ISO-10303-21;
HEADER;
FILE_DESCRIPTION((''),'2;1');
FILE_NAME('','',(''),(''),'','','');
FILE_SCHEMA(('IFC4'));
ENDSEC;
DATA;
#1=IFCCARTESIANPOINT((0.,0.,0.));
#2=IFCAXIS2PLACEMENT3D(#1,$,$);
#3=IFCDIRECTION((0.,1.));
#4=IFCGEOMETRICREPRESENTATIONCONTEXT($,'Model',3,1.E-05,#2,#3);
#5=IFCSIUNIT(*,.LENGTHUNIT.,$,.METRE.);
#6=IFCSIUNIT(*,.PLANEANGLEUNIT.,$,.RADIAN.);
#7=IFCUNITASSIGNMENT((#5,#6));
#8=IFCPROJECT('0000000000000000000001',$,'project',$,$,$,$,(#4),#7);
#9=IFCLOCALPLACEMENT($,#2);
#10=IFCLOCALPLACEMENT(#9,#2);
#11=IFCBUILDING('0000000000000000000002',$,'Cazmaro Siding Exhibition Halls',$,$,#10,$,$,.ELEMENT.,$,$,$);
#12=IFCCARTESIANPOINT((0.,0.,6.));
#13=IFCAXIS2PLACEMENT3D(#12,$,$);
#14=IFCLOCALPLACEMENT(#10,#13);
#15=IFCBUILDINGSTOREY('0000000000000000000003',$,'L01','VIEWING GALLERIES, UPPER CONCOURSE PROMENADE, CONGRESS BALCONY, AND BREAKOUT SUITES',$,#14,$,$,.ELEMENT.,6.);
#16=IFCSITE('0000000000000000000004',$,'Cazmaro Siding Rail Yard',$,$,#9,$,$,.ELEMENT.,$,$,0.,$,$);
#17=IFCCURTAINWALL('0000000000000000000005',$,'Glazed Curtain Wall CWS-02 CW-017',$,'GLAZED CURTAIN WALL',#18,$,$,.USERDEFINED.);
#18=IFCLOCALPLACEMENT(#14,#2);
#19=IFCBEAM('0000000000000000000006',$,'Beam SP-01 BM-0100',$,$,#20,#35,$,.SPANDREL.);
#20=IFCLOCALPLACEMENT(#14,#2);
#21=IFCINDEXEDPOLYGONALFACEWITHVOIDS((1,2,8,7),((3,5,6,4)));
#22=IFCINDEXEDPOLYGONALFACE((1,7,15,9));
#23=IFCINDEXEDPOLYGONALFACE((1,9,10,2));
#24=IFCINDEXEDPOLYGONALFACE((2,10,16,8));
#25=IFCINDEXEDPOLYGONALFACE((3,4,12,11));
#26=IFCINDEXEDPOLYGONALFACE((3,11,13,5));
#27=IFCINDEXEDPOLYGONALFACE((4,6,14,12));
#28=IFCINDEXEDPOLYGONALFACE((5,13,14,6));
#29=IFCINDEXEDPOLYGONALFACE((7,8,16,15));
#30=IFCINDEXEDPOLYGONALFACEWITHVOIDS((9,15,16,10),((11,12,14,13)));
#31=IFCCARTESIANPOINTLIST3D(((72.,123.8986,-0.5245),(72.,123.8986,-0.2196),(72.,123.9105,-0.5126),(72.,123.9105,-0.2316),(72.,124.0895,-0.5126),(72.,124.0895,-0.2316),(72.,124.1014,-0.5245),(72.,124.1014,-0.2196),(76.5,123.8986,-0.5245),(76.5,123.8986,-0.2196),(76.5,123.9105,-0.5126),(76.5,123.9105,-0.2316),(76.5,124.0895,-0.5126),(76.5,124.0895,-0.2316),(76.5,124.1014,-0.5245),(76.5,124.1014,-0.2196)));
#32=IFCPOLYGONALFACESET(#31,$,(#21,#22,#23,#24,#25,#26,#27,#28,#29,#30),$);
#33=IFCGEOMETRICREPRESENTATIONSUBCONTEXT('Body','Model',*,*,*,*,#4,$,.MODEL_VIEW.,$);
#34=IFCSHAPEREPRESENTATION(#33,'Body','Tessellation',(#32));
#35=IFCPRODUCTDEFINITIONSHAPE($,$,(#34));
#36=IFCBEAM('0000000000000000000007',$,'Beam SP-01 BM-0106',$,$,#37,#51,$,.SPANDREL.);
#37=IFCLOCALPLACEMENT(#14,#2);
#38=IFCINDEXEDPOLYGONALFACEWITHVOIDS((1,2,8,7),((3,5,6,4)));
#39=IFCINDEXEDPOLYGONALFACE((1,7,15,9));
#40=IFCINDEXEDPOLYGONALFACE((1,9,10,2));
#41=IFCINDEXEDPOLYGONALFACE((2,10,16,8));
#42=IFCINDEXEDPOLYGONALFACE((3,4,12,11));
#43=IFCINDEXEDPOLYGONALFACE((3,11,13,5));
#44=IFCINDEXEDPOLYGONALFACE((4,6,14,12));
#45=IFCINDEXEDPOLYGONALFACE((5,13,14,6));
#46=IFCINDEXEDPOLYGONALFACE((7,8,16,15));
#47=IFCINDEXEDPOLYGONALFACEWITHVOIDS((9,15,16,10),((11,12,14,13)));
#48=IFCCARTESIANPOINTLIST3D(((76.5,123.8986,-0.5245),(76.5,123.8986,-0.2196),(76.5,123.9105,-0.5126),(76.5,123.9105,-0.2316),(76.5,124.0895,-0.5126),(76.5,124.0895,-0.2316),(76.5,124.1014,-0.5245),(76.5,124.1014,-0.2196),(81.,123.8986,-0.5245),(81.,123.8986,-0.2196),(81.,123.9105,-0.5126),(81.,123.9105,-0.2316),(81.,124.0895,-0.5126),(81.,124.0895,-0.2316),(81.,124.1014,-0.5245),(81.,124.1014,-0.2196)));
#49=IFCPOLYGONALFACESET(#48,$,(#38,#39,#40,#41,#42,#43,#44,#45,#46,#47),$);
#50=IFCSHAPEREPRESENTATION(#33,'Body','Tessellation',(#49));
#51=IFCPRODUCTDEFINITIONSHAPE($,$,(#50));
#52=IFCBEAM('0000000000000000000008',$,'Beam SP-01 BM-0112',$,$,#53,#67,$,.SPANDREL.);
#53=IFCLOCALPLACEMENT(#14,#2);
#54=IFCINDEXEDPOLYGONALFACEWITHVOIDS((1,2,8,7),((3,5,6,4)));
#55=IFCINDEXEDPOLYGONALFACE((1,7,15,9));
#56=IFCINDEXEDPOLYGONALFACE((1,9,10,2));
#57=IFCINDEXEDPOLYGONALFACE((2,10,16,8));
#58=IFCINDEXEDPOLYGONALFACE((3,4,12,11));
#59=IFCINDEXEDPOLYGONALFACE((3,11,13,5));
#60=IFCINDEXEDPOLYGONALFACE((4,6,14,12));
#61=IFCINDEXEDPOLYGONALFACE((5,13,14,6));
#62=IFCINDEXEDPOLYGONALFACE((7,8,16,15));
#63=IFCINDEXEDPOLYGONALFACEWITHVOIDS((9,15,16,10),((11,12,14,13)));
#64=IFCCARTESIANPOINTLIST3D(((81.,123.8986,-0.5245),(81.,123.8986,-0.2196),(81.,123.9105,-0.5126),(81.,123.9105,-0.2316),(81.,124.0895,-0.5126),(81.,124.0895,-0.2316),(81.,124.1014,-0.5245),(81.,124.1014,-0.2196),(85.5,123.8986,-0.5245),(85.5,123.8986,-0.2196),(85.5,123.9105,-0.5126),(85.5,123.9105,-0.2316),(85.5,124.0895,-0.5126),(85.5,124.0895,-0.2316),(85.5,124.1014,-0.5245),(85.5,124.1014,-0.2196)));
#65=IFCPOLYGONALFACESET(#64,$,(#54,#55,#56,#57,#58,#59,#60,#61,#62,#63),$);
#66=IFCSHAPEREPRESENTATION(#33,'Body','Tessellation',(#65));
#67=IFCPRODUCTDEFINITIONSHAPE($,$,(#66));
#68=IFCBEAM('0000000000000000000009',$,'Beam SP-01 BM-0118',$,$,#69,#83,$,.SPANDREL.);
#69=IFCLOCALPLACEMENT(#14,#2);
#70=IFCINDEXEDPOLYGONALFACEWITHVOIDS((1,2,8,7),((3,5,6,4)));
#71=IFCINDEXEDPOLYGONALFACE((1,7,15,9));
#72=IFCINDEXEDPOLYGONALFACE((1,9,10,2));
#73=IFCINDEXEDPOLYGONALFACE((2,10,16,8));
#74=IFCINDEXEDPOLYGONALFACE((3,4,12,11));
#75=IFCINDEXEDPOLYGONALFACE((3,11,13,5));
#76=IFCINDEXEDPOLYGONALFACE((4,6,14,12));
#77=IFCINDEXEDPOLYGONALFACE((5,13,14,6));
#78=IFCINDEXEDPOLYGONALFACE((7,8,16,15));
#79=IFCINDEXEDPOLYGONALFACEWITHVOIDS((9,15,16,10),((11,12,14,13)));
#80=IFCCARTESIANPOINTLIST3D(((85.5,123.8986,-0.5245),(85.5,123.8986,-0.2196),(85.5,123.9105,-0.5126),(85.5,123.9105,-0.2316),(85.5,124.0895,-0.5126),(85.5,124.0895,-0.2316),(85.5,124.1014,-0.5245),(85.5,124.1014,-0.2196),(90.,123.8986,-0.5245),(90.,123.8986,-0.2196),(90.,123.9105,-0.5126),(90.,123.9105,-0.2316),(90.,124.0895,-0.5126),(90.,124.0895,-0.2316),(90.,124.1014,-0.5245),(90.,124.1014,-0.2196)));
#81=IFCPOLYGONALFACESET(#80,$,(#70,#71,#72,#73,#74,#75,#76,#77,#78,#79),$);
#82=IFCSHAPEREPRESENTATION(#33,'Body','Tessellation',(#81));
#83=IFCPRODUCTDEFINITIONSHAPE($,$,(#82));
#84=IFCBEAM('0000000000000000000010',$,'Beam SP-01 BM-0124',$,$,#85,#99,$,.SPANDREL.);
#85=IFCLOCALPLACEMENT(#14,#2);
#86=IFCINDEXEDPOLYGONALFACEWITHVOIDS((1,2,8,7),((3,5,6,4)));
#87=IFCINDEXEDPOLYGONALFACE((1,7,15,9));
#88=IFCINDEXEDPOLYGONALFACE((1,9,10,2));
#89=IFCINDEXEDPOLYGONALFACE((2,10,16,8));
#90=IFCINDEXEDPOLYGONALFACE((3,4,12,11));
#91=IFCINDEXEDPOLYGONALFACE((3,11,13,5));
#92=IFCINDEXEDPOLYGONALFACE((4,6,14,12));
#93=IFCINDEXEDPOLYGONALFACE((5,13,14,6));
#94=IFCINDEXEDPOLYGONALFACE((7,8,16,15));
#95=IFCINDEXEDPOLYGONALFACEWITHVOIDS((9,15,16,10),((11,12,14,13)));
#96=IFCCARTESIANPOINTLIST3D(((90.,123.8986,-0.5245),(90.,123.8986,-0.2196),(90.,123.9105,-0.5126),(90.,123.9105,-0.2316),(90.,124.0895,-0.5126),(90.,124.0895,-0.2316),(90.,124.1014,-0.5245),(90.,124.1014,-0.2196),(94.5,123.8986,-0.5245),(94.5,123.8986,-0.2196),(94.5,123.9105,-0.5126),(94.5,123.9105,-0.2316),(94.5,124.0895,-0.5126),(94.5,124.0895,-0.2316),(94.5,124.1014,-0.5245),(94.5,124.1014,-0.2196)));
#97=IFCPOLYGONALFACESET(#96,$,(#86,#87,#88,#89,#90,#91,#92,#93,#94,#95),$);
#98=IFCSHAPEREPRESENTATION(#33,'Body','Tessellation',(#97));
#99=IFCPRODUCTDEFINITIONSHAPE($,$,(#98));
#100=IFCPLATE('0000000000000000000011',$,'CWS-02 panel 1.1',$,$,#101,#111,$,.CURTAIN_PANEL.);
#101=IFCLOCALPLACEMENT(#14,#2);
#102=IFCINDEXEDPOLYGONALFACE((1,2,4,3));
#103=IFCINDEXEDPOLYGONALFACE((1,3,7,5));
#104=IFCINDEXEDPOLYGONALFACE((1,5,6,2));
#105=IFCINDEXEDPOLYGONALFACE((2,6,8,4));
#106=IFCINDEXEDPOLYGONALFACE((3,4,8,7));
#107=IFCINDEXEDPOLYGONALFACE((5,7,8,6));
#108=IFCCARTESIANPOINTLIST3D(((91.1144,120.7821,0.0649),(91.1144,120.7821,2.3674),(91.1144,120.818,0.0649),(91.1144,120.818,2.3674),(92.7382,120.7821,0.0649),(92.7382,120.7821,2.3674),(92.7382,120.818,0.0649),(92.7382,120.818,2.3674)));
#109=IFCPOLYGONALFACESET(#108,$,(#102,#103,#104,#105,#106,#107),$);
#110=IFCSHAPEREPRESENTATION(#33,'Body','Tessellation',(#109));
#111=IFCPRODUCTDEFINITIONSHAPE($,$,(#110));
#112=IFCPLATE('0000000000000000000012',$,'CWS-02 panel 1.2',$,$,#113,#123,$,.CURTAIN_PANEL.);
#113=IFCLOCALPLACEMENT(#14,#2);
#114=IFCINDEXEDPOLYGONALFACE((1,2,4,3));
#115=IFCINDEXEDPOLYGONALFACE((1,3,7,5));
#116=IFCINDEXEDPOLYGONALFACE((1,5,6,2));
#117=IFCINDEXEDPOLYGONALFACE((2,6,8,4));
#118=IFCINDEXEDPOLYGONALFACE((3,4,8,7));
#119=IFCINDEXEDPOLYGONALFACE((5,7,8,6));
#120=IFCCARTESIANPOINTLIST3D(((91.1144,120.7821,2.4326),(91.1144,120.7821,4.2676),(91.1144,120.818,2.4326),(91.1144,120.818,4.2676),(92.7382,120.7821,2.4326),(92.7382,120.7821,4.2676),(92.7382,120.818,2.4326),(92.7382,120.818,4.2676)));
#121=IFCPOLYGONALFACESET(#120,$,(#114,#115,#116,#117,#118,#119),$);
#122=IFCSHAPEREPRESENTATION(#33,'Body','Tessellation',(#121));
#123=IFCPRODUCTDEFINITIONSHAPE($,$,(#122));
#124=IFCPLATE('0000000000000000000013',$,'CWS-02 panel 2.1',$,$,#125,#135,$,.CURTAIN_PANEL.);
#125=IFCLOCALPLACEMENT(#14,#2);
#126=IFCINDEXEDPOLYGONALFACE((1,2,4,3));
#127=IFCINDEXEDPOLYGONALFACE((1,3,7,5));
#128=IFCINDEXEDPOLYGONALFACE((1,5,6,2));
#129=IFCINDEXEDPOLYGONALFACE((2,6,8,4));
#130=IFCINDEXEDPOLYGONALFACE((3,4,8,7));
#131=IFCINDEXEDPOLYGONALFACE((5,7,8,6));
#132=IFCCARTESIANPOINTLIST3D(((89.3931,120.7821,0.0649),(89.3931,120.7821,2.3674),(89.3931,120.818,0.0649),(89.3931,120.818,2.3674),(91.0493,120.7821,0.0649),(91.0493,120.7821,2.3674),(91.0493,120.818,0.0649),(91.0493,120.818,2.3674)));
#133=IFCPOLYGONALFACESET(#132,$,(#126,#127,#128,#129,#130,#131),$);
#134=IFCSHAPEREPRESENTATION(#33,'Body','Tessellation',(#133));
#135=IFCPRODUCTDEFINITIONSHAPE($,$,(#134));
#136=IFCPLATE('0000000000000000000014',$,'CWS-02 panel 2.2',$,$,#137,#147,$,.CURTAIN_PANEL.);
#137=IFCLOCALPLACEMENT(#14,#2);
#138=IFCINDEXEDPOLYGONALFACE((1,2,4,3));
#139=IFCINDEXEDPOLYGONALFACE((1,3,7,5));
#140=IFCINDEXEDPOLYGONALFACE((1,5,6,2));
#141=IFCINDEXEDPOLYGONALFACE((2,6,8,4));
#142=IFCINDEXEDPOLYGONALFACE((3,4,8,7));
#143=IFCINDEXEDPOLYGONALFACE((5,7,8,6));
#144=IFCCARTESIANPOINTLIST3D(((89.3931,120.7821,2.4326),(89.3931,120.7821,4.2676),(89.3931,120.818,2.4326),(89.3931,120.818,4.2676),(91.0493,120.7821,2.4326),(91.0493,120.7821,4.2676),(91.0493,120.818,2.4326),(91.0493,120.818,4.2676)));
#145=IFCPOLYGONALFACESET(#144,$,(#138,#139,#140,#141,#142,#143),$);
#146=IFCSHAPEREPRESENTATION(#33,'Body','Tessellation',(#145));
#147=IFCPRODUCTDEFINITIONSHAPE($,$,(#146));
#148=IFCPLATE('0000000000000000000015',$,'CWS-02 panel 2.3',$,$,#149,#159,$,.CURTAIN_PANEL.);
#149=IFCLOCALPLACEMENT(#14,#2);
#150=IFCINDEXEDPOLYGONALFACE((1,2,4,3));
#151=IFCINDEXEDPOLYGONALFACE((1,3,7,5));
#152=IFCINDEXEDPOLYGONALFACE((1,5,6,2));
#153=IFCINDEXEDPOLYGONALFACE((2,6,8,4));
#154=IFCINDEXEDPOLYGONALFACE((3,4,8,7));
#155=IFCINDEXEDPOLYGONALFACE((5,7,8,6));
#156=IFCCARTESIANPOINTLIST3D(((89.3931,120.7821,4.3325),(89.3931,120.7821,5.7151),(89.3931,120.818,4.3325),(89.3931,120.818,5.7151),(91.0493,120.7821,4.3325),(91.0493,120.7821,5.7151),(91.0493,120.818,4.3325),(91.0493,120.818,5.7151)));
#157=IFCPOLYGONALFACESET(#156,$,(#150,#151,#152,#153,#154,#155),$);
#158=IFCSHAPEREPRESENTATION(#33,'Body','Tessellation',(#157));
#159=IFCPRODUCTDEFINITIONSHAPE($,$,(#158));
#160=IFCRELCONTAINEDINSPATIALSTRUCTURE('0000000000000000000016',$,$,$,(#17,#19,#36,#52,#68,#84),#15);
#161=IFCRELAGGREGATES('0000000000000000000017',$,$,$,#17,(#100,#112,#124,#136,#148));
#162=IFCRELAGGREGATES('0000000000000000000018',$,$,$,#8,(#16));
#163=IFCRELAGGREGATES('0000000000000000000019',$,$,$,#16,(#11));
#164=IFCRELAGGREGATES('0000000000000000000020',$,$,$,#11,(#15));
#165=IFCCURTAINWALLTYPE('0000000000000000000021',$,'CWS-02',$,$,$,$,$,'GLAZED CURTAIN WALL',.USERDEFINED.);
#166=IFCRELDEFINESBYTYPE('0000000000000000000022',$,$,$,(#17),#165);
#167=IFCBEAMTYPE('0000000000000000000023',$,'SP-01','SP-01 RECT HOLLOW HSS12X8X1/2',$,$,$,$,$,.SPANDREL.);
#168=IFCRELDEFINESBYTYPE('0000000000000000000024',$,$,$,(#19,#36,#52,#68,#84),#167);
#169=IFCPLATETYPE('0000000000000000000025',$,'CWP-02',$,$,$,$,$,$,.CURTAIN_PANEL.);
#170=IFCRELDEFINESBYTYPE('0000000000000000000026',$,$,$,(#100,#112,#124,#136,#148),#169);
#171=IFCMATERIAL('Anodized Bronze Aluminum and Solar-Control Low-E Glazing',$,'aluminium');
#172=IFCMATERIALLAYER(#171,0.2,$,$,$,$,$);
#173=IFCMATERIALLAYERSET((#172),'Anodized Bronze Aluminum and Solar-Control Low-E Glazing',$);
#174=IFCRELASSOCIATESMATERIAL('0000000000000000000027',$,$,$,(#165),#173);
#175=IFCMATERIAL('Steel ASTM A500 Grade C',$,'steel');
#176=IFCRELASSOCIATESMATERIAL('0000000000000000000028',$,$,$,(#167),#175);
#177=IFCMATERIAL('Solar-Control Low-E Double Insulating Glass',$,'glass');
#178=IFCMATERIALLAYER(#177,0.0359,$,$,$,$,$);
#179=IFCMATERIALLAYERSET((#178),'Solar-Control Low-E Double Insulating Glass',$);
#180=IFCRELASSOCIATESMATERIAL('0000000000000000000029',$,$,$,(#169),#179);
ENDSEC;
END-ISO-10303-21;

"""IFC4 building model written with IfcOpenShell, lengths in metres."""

from ifc_helpers import new_model, si_unit, direction, frame, origin, origin_2d, place, context, subcontext, project, spatial, rectangle, hollow_rectangle, extrude, material, layer, layer_set, material_profile, profile_set, type_object, element, aggregate, save


model = new_model("IFC4")

# Units and contexts
model_context = context("Model", 3, precision=1e-05, world=origin(), true_north=direction((0.0, 1.0)))
body_context = subcontext(model_context, "Body", "Model", "MODEL_VIEW")
ifc_project = project(units=[si_unit("LENGTHUNIT", "METRE"), si_unit("PLANEANGLEUNIT", "RADIAN")], contexts=[model_context])

# Site, building, storey
site_placement = place(None, origin())
site = spatial("IfcSite", under=ifc_project, at=site_placement, Name="Cazmaro Siding Rail Yard", CompositionType="ELEMENT", RefElevation=0.0)
building_placement = place(site_placement, origin())
building = spatial("IfcBuilding", under=site, at=building_placement, Name="Cazmaro Siding Exhibition Halls", CompositionType="ELEMENT")
storey_placement = place(building_placement, frame((0.0, 0.0, 6.0)))
storey = spatial("IfcBuildingStorey", under=building, at=storey_placement, Name="L01", Description="VIEWING GALLERIES, UPPER CONCOURSE PROMENADE, CONGRESS BALCONY, AND BREAKOUT SUITES", CompositionType="ELEMENT", Elevation=6.0)

# Curtain wall
ifc_material_1 = material(Name="Anodized Bronze Aluminum and Solar-Control Low-E Glazing", Category="aluminium")
ifc_layer_1 = layer(ifc_material_1, 0.2)
ifc_layer_set_1 = layer_set([ifc_layer_1], Name="Anodized Bronze Aluminum and Solar-Control Low-E Glazing")
curtain_wall_type = type_object("IfcCurtainWallType", Name="CWS-02", ElementType="GLAZED CURTAIN WALL", PredefinedType="USERDEFINED", material=ifc_layer_set_1)
curtain_wall_placement = place(storey_placement, origin())
curtain_wall = element("IfcCurtainWall", 1, at=curtain_wall_placement, inside=storey, type_object=curtain_wall_type, Name="Glazed Curtain Wall CWS-02 CW-017", ObjectType="GLAZED CURTAIN WALL", PredefinedType="USERDEFINED")

# Beams
ifc_material_2 = material(Name="Steel ASTM A500 Grade C", Category="steel")
ifc_material_profile_1 = material_profile(ifc_material_2, hollow_rectangle(XDim=0.2029, YDim=0.3049, WallThickness=0.012, at=origin_2d()), Name="HSS12X8X1/2")
ifc_profile_set_1 = profile_set([ifc_material_profile_1], Name="Steel ASTM A500 Grade C")
beam_type = type_object("IfcBeamType", Name="SP-01", Description="SP-01 RECT HOLLOW HSS12X8X1/2", PredefinedType="SPANDREL", material=ifc_profile_set_1)
for number, where, z_axis, x_axis, name in (
    (2, (72.0, 124.0, -0.3721), (1.0, 0.0, 0.0), (0.0, 1.0, 0.0), "Beam SP-01 BM-0100"),
    (3, (76.5, 124.0, -0.3721), (1.0, 0.0, 0.0), (0.0, 1.0, 0.0), "Beam SP-01 BM-0106"),
    (4, (81.0, 124.0, -0.3721), (1.0, 0.0, 0.0), (0.0, 1.0, 0.0), "Beam SP-01 BM-0112"),
    (5, (85.5, 124.0, -0.3721), (1.0, 0.0, 0.0), (0.0, 1.0, 0.0), "Beam SP-01 BM-0118"),
    (6, (90.0, 124.0, -0.3721), (1.0, 0.0, 0.0), (0.0, 1.0, 0.0), "Beam SP-01 BM-0124"),
):
    element("IfcBeam", number, at=place(storey_placement, frame(where, z_axis=z_axis, x_axis=x_axis)), inside=storey, type_object=beam_type, Name=name, PredefinedType="SPANDREL", context=body_context, shape_type="SweptSolid", body=[
        extrude(hollow_rectangle(XDim=0.2029, YDim=0.3049, WallThickness=0.012, at=origin_2d()), origin(), (0.0, 0.0, 1.0), 4.5),
    ])

# Plates
ifc_material_3 = material(Name="Solar-Control Low-E Double Insulating Glass", Category="glass")
ifc_layer_2 = layer(ifc_material_3, 0.0359)
ifc_layer_set_2 = layer_set([ifc_layer_2], Name="Solar-Control Low-E Double Insulating Glass")
plate_type = type_object("IfcPlateType", Name="CWP-02", PredefinedType="CURTAIN_PANEL", material=ifc_layer_set_2)
plate_1_placement = place(storey_placement, frame((91.9263, 120.8, 0.0649), z_axis=(0.0, 0.0, 1.0), x_axis=(-1.0, 0.0, 0.0)))
plate_1 = element("IfcPlate", 7, at=plate_1_placement, type_object=plate_type, Name="CWS-02 panel 1.1", PredefinedType="CURTAIN_PANEL", context=body_context, shape_type="SweptSolid", body=[
    extrude(rectangle(XDim=1.6238, YDim=0.0359, at=origin_2d()), origin(), (0.0, 0.0, 1.0), 2.3025),
])
plate_2_placement = place(storey_placement, frame((91.9263, 120.8, 2.4326), z_axis=(0.0, 0.0, 1.0), x_axis=(-1.0, 0.0, 0.0)))
plate_2 = element("IfcPlate", 8, at=plate_2_placement, type_object=plate_type, Name="CWS-02 panel 1.2", PredefinedType="CURTAIN_PANEL", context=body_context, shape_type="SweptSolid", body=[
    extrude(rectangle(XDim=1.6238, YDim=0.0359, at=origin_2d()), origin(), (0.0, 0.0, 1.0), 1.835),
])
plate_3_placement = place(storey_placement, frame((90.2212, 120.8, 0.0649), z_axis=(0.0, 0.0, 1.0), x_axis=(-1.0, 0.0, 0.0)))
plate_3 = element("IfcPlate", 9, at=plate_3_placement, type_object=plate_type, Name="CWS-02 panel 2.1", PredefinedType="CURTAIN_PANEL", context=body_context, shape_type="SweptSolid", body=[
    extrude(rectangle(XDim=1.6562, YDim=0.0359, at=origin_2d()), origin(), (0.0, 0.0, 1.0), 2.3025),
])
plate_4_placement = place(storey_placement, frame((90.2212, 120.8, 2.4326), z_axis=(0.0, 0.0, 1.0), x_axis=(-1.0, 0.0, 0.0)))
plate_4 = element("IfcPlate", 10, at=plate_4_placement, type_object=plate_type, Name="CWS-02 panel 2.2", PredefinedType="CURTAIN_PANEL", context=body_context, shape_type="SweptSolid", body=[
    extrude(rectangle(XDim=1.6562, YDim=0.0359, at=origin_2d()), origin(), (0.0, 0.0, 1.0), 1.835),
])
plate_5_placement = place(storey_placement, frame((90.2212, 120.8, 4.3325), z_axis=(0.0, 0.0, 1.0), x_axis=(-1.0, 0.0, 0.0)))
plate_5 = element("IfcPlate", 11, at=plate_5_placement, type_object=plate_type, Name="CWS-02 panel 2.3", PredefinedType="CURTAIN_PANEL", context=body_context, shape_type="SweptSolid", body=[
    extrude(rectangle(XDim=1.6562, YDim=0.0359, at=origin_2d()), origin(), (0.0, 0.0, 1.0), 1.3826),
])
aggregate(curtain_wall, [plate_1, plate_2, plate_3, plate_4, plate_5])

save(model, "model.ifc")
